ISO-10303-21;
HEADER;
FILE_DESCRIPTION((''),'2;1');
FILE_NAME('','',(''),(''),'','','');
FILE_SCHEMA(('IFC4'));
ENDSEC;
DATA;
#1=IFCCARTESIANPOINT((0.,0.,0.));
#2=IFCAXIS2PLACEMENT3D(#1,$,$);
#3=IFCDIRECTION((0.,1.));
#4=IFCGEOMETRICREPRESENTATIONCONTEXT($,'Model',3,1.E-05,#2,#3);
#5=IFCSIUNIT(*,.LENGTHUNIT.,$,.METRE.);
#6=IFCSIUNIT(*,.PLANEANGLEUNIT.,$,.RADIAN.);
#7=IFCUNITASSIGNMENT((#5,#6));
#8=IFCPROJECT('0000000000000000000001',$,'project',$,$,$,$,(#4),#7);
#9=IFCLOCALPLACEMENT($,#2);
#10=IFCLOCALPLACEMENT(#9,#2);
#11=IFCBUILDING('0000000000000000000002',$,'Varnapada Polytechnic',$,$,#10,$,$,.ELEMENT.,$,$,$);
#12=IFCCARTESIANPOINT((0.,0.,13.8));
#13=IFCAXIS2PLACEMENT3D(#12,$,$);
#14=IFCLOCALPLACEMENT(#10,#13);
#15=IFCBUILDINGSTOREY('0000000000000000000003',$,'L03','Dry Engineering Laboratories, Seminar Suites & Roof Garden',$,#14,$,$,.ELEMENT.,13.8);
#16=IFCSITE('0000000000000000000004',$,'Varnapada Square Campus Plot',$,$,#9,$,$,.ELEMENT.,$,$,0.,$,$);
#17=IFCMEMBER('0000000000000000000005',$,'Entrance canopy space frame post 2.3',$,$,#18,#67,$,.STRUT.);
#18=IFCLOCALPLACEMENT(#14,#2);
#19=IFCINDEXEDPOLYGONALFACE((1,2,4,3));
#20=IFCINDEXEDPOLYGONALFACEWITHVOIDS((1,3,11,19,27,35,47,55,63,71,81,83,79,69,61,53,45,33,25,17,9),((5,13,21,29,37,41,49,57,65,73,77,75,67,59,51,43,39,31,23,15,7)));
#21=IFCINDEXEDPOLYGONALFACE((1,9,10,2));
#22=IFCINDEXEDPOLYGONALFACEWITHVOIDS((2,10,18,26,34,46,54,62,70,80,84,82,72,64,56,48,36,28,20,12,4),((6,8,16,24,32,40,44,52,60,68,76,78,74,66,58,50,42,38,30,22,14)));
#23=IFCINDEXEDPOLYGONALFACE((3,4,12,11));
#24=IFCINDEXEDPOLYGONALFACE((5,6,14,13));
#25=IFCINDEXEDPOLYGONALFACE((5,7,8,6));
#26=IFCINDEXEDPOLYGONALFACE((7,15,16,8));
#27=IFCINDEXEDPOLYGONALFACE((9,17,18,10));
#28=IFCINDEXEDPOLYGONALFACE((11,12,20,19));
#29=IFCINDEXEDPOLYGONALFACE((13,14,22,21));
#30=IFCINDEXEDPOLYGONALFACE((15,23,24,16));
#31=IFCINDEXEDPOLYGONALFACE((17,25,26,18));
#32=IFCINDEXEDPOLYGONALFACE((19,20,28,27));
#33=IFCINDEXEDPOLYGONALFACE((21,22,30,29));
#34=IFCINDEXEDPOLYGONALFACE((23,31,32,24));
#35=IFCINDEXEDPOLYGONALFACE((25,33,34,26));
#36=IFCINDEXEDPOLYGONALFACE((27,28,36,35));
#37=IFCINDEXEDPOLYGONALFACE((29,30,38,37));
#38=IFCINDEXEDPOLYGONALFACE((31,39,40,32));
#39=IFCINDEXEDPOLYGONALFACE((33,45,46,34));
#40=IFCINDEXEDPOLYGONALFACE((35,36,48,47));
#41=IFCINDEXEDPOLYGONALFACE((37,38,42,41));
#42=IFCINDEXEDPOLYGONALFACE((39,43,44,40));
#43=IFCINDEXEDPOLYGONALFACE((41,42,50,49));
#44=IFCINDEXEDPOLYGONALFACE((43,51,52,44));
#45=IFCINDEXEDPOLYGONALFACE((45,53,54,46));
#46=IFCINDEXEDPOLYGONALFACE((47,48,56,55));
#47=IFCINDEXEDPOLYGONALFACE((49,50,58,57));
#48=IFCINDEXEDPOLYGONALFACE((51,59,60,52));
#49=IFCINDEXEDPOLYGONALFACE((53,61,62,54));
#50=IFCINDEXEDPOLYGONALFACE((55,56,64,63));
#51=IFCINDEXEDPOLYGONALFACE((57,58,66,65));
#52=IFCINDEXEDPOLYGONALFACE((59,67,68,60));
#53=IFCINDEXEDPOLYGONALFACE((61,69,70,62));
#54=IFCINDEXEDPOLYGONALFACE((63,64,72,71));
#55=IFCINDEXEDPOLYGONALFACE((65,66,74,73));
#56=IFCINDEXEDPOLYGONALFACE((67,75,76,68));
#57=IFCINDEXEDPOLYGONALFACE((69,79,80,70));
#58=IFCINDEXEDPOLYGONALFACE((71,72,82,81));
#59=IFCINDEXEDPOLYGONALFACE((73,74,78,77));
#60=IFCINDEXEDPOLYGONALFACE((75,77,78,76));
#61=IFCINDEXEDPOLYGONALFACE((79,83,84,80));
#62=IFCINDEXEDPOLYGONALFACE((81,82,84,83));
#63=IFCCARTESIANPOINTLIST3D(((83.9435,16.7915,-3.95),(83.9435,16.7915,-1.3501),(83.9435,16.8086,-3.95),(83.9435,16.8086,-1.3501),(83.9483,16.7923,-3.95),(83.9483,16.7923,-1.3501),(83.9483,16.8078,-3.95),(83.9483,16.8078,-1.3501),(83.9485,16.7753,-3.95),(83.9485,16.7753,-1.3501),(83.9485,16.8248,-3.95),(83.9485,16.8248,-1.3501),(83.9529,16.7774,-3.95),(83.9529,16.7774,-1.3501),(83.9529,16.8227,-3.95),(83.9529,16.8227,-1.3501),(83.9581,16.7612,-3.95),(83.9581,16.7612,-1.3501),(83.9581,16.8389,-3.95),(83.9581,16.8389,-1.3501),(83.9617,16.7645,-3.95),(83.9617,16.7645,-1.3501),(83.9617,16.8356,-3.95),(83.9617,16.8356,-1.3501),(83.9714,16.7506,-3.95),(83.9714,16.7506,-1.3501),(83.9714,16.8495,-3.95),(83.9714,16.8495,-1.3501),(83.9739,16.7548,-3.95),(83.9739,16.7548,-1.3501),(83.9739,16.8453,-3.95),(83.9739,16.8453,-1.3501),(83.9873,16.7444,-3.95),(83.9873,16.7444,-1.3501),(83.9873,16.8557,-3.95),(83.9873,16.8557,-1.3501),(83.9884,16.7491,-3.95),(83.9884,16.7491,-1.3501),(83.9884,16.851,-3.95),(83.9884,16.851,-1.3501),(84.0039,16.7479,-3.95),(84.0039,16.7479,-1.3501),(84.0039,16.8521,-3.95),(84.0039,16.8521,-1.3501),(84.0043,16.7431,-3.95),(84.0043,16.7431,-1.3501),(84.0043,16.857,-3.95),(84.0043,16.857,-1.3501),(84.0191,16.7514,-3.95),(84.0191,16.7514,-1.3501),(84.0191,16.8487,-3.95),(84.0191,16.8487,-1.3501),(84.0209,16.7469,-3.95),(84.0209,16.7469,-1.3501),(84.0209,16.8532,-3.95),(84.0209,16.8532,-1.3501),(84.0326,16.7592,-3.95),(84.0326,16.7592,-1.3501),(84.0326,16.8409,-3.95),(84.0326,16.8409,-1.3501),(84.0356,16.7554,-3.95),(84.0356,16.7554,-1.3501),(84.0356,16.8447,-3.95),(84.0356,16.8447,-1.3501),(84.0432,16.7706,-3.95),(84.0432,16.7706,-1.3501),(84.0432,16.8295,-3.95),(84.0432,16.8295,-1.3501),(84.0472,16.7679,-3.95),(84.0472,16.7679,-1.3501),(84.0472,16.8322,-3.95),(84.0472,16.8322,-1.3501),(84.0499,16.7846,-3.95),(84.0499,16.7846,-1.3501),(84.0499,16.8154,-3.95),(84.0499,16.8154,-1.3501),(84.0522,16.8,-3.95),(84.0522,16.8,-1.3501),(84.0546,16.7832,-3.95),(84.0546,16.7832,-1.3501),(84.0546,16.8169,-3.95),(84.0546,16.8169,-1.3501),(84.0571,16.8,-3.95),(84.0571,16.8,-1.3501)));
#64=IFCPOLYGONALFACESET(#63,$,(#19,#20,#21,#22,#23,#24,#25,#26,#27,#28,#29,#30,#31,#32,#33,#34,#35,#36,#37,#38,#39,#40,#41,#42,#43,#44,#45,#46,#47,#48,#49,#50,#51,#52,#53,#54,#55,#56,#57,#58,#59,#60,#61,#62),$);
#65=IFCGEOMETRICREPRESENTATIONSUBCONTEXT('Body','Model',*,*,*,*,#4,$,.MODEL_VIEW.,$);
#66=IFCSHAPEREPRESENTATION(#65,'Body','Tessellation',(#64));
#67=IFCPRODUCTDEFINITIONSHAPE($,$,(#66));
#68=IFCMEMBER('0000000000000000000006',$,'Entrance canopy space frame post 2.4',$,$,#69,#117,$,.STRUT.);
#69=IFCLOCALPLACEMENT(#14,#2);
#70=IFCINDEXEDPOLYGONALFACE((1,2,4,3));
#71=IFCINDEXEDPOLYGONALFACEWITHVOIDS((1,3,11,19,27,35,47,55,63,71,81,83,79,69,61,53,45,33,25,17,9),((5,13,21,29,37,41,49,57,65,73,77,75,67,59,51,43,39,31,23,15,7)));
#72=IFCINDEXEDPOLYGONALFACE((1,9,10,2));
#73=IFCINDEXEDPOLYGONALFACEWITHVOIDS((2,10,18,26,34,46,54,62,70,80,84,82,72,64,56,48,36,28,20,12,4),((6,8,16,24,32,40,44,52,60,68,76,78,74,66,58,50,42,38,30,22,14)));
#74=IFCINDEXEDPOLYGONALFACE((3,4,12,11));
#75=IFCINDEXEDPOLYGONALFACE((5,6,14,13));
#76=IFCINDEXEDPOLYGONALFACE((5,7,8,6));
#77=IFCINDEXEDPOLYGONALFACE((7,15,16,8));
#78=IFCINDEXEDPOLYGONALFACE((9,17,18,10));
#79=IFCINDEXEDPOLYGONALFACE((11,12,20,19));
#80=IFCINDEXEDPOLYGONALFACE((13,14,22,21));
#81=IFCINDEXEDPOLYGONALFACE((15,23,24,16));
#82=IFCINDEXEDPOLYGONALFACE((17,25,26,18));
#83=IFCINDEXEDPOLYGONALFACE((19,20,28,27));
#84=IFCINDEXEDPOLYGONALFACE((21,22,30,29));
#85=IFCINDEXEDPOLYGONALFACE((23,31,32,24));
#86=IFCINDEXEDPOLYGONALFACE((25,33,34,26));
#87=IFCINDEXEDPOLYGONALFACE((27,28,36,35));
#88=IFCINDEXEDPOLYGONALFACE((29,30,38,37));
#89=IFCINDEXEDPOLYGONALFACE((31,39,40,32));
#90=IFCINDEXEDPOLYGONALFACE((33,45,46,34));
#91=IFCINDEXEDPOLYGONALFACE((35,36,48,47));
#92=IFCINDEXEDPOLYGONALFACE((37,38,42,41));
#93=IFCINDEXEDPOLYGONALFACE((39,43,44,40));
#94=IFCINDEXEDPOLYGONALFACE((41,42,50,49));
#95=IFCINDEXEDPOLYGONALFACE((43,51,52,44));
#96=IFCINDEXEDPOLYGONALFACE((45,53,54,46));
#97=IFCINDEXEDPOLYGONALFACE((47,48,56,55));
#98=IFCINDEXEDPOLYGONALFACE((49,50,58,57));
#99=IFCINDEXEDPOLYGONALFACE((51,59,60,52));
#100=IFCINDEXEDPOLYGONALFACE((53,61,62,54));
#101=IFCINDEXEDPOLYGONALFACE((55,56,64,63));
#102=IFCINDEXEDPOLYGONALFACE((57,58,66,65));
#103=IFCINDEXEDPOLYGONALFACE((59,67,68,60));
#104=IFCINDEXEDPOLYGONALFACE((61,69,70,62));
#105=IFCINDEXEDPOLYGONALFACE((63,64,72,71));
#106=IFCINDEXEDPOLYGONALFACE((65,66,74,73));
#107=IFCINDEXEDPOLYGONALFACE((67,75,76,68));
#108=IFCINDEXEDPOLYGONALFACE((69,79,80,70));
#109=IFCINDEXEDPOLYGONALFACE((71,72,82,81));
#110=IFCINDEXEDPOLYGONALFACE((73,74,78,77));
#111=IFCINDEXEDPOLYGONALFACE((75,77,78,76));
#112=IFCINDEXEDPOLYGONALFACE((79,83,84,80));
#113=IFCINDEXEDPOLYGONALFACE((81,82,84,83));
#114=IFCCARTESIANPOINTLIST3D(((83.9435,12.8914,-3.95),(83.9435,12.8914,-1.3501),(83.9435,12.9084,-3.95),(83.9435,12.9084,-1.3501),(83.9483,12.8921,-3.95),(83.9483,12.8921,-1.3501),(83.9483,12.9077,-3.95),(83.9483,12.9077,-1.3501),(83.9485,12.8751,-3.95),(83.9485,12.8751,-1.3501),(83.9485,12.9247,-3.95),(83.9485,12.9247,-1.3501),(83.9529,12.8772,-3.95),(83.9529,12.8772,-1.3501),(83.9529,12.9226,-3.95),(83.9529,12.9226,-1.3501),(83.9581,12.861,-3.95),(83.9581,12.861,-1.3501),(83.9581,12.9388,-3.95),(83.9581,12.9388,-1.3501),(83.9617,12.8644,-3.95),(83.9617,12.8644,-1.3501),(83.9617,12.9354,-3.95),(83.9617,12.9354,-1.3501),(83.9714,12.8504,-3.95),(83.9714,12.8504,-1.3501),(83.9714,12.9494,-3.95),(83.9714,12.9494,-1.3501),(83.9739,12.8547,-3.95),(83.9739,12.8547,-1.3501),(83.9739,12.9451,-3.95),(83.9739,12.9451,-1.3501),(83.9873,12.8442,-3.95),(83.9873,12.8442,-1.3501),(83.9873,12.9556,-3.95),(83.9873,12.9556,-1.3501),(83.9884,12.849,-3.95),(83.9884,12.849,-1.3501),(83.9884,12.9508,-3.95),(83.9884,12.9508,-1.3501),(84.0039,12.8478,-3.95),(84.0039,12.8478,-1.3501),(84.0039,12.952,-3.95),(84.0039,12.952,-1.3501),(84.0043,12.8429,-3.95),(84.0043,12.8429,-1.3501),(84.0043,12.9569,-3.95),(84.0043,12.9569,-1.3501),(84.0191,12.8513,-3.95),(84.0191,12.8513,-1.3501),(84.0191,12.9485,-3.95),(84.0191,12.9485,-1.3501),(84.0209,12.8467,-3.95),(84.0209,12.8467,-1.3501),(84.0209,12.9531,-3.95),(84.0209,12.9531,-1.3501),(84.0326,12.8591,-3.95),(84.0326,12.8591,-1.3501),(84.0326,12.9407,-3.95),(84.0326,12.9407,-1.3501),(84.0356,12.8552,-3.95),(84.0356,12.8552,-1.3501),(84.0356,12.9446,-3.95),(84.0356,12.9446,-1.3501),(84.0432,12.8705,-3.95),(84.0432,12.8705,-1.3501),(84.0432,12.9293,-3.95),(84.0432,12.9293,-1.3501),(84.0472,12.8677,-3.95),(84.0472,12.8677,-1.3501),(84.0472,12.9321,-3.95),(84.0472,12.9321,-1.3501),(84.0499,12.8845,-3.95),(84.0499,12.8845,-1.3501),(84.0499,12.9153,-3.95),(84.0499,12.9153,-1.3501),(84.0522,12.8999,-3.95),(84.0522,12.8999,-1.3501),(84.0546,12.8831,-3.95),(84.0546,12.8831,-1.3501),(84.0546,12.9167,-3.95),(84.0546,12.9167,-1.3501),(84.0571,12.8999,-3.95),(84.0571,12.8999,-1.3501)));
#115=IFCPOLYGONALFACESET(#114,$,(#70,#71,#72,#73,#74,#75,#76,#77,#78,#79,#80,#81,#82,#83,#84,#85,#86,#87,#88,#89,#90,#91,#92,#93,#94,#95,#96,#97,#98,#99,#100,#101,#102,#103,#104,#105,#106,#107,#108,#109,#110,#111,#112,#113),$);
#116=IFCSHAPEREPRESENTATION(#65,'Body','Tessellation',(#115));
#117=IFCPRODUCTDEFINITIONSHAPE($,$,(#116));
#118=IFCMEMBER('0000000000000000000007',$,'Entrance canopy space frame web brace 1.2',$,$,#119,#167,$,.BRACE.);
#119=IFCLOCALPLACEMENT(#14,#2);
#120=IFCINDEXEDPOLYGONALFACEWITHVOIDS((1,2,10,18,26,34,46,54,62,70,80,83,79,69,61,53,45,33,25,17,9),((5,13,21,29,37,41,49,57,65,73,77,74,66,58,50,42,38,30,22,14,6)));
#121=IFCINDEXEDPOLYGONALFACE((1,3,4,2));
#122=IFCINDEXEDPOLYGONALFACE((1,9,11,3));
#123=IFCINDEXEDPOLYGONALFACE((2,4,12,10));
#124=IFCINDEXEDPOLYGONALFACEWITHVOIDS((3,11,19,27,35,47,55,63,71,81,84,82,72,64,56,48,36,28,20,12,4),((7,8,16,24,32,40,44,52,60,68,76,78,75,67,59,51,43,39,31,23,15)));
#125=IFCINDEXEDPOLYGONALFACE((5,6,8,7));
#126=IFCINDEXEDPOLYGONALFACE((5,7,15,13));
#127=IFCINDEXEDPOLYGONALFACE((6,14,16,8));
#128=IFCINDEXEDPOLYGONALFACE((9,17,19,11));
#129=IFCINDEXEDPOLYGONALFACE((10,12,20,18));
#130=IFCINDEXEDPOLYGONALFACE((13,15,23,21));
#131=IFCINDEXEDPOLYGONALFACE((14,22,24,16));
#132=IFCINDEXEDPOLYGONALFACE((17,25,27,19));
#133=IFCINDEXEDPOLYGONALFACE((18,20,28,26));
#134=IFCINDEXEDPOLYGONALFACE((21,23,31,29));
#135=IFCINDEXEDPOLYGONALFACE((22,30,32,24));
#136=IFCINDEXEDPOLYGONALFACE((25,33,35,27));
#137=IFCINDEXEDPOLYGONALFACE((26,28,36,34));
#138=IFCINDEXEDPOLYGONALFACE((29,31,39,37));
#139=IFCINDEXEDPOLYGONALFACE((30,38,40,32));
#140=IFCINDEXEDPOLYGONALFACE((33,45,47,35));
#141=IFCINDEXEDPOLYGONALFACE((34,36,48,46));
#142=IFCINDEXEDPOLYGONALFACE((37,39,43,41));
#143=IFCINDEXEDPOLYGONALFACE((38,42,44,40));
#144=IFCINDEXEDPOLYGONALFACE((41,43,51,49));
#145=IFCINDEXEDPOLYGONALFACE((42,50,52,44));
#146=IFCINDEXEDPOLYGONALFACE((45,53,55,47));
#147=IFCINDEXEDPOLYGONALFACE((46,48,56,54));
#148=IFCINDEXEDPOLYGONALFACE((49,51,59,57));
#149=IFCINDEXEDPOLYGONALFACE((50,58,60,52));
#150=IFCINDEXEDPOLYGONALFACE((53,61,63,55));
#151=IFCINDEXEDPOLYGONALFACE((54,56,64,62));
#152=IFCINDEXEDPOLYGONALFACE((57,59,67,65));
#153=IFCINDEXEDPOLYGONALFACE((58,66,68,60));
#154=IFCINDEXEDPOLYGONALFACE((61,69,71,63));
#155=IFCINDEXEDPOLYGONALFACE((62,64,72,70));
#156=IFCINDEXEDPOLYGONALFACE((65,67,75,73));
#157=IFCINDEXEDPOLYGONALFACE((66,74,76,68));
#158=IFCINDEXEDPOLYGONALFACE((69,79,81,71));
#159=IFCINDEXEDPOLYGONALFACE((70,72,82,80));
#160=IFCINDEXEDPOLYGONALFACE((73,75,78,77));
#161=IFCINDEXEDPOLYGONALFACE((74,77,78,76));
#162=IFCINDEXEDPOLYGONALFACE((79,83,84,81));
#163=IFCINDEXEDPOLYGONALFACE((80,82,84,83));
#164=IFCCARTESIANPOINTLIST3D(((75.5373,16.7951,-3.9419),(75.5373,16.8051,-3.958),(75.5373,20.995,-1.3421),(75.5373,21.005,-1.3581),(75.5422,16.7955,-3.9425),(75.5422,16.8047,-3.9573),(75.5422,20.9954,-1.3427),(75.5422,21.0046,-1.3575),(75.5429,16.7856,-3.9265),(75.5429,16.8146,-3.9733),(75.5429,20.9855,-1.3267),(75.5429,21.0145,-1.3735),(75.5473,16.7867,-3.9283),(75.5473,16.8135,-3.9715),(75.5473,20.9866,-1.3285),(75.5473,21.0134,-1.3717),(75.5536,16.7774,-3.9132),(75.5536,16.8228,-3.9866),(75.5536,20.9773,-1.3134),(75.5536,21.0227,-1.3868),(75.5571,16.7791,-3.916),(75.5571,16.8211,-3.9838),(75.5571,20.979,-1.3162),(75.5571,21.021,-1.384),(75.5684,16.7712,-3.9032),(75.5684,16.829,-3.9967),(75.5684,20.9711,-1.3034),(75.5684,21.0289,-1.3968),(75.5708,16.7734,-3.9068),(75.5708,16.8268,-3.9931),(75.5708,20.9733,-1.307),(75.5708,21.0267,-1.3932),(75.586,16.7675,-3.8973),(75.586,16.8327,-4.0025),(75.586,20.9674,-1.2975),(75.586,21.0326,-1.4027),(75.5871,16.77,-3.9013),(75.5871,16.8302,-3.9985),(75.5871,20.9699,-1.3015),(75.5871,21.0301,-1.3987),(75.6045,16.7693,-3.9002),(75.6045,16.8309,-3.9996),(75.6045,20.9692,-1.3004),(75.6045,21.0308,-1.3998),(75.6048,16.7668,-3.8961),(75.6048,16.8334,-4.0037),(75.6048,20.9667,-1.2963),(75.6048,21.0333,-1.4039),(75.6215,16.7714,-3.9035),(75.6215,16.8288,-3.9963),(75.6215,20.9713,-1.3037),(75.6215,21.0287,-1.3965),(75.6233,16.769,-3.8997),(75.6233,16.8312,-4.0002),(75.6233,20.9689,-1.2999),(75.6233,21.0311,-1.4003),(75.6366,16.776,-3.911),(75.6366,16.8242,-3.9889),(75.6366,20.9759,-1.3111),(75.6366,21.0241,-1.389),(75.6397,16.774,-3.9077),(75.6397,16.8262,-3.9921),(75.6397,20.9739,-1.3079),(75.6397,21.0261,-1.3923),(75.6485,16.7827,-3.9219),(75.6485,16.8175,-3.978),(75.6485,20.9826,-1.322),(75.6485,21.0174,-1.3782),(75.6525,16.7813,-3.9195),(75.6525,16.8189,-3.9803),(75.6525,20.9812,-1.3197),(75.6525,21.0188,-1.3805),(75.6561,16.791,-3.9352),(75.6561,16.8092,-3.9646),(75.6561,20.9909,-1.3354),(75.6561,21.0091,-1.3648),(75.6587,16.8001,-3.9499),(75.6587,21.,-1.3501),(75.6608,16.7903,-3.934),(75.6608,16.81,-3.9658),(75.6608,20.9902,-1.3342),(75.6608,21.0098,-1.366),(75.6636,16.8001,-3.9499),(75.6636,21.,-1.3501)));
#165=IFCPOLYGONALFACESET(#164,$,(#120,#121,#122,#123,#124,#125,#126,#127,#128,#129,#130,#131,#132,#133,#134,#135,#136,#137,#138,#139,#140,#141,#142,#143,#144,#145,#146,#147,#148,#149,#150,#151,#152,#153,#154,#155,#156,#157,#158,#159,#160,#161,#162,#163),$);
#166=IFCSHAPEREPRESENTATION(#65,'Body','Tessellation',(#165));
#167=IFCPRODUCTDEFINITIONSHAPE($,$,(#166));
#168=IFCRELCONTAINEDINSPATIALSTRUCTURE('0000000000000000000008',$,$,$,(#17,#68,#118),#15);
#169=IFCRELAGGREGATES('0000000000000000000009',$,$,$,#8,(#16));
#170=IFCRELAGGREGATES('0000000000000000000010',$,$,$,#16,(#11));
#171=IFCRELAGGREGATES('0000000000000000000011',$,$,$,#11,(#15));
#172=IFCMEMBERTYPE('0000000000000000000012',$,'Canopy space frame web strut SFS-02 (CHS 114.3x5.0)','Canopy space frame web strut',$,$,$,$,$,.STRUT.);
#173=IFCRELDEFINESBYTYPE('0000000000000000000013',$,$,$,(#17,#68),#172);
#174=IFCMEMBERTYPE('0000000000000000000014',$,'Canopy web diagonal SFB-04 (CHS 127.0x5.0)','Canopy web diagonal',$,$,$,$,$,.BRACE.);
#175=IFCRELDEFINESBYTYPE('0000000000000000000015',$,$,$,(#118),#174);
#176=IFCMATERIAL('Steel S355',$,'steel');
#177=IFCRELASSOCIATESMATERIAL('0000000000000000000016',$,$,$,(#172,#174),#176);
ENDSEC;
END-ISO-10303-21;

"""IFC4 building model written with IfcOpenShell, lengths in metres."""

from ifc_helpers import new_model, si_unit, direction, frame, origin, origin_2d, place, context, subcontext, project, spatial, hollow_circle, extrude, material, material_profile, profile_set, type_object, element, save


model = new_model("IFC4")

# Units and contexts
model_context = context("Model", 3, precision=1e-05, world=origin(), true_north=direction((0.0, 1.0)))
body_context = subcontext(model_context, "Body", "Model", "MODEL_VIEW")
ifc_project = project(units=[si_unit("LENGTHUNIT", "METRE"), si_unit("PLANEANGLEUNIT", "RADIAN")], contexts=[model_context])

# Site, building, storey
site_placement = place(None, origin())
site = spatial("IfcSite", under=ifc_project, at=site_placement, Name="Varnapada Square Campus Plot", CompositionType="ELEMENT", RefElevation=0.0)
building_placement = place(site_placement, origin())
building = spatial("IfcBuilding", under=site, at=building_placement, Name="Varnapada Polytechnic", CompositionType="ELEMENT")
storey_placement = place(building_placement, frame((0.0, 0.0, 13.8)))
storey = spatial("IfcBuildingStorey", under=building, at=storey_placement, Name="L03", Description="Dry Engineering Laboratories, Seminar Suites & Roof Garden", CompositionType="ELEMENT", Elevation=13.8)

# Members
ifc_material = material(Name="Steel S355", Category="steel")
ifc_material_profile_1 = material_profile(ifc_material, hollow_circle(Radius=0.0571, WallThickness=0.0049, at=origin_2d()), Name="CHS 114.3x5.0")
ifc_profile_set_1 = profile_set([ifc_material_profile_1], Name="Steel S355")
member_type_1 = type_object("IfcMemberType", Name="Canopy space frame web strut SFS-02 (CHS 114.3x5.0)", Description="Canopy space frame web strut", PredefinedType="STRUT", material=ifc_profile_set_1)
for number, where, z_axis, x_axis, name in (
    (1, (84.0, 16.8, -3.95), (0.0, 0.0, 1.0), (1.0, 0.0, 0.0), "Entrance canopy space frame post 2.3"),
    (2, (84.0, 12.8999, -3.95), (0.0, 0.0, 1.0), (1.0, 0.0, 0.0), "Entrance canopy space frame post 2.4"),
):
    element("IfcMember", number, at=place(storey_placement, frame(where, z_axis=z_axis, x_axis=x_axis)), inside=storey, type_object=member_type_1, Name=name, PredefinedType="STRUT", context=body_context, shape_type="SweptSolid", body=[
        extrude(hollow_circle(Radius=0.0571, WallThickness=0.0049, at=origin_2d()), origin(), (0.0, 0.0, 1.0), 2.5999),
    ])
ifc_material_profile_2 = material_profile(ifc_material, hollow_circle(Radius=0.0635, WallThickness=0.0049, at=origin_2d()), Name="CHS 127.0x5.0")
ifc_profile_set_2 = profile_set([ifc_material_profile_2], Name="Steel S355")
member_type_2 = type_object("IfcMemberType", Name="Canopy web diagonal SFB-04 (CHS 127.0x5.0)", Description="Canopy web diagonal", PredefinedType="BRACE", material=ifc_profile_set_2)
member_1_placement = place(storey_placement, frame((75.6001, 21.0, -1.3501), z_axis=(0.0, -0.850276, -0.526338), x_axis=(1.0, 0.0, 0.0)))
element("IfcMember", 3, at=member_1_placement, inside=storey, type_object=member_type_2, Name="Entrance canopy space frame web brace 1.2", PredefinedType="BRACE", context=body_context, shape_type="SweptSolid", body=[
    extrude(hollow_circle(Radius=0.0635, WallThickness=0.0049, at=origin_2d()), origin(), (0.0, 0.0, 1.0), 4.9395),
])

save(model, "model.ifc")
